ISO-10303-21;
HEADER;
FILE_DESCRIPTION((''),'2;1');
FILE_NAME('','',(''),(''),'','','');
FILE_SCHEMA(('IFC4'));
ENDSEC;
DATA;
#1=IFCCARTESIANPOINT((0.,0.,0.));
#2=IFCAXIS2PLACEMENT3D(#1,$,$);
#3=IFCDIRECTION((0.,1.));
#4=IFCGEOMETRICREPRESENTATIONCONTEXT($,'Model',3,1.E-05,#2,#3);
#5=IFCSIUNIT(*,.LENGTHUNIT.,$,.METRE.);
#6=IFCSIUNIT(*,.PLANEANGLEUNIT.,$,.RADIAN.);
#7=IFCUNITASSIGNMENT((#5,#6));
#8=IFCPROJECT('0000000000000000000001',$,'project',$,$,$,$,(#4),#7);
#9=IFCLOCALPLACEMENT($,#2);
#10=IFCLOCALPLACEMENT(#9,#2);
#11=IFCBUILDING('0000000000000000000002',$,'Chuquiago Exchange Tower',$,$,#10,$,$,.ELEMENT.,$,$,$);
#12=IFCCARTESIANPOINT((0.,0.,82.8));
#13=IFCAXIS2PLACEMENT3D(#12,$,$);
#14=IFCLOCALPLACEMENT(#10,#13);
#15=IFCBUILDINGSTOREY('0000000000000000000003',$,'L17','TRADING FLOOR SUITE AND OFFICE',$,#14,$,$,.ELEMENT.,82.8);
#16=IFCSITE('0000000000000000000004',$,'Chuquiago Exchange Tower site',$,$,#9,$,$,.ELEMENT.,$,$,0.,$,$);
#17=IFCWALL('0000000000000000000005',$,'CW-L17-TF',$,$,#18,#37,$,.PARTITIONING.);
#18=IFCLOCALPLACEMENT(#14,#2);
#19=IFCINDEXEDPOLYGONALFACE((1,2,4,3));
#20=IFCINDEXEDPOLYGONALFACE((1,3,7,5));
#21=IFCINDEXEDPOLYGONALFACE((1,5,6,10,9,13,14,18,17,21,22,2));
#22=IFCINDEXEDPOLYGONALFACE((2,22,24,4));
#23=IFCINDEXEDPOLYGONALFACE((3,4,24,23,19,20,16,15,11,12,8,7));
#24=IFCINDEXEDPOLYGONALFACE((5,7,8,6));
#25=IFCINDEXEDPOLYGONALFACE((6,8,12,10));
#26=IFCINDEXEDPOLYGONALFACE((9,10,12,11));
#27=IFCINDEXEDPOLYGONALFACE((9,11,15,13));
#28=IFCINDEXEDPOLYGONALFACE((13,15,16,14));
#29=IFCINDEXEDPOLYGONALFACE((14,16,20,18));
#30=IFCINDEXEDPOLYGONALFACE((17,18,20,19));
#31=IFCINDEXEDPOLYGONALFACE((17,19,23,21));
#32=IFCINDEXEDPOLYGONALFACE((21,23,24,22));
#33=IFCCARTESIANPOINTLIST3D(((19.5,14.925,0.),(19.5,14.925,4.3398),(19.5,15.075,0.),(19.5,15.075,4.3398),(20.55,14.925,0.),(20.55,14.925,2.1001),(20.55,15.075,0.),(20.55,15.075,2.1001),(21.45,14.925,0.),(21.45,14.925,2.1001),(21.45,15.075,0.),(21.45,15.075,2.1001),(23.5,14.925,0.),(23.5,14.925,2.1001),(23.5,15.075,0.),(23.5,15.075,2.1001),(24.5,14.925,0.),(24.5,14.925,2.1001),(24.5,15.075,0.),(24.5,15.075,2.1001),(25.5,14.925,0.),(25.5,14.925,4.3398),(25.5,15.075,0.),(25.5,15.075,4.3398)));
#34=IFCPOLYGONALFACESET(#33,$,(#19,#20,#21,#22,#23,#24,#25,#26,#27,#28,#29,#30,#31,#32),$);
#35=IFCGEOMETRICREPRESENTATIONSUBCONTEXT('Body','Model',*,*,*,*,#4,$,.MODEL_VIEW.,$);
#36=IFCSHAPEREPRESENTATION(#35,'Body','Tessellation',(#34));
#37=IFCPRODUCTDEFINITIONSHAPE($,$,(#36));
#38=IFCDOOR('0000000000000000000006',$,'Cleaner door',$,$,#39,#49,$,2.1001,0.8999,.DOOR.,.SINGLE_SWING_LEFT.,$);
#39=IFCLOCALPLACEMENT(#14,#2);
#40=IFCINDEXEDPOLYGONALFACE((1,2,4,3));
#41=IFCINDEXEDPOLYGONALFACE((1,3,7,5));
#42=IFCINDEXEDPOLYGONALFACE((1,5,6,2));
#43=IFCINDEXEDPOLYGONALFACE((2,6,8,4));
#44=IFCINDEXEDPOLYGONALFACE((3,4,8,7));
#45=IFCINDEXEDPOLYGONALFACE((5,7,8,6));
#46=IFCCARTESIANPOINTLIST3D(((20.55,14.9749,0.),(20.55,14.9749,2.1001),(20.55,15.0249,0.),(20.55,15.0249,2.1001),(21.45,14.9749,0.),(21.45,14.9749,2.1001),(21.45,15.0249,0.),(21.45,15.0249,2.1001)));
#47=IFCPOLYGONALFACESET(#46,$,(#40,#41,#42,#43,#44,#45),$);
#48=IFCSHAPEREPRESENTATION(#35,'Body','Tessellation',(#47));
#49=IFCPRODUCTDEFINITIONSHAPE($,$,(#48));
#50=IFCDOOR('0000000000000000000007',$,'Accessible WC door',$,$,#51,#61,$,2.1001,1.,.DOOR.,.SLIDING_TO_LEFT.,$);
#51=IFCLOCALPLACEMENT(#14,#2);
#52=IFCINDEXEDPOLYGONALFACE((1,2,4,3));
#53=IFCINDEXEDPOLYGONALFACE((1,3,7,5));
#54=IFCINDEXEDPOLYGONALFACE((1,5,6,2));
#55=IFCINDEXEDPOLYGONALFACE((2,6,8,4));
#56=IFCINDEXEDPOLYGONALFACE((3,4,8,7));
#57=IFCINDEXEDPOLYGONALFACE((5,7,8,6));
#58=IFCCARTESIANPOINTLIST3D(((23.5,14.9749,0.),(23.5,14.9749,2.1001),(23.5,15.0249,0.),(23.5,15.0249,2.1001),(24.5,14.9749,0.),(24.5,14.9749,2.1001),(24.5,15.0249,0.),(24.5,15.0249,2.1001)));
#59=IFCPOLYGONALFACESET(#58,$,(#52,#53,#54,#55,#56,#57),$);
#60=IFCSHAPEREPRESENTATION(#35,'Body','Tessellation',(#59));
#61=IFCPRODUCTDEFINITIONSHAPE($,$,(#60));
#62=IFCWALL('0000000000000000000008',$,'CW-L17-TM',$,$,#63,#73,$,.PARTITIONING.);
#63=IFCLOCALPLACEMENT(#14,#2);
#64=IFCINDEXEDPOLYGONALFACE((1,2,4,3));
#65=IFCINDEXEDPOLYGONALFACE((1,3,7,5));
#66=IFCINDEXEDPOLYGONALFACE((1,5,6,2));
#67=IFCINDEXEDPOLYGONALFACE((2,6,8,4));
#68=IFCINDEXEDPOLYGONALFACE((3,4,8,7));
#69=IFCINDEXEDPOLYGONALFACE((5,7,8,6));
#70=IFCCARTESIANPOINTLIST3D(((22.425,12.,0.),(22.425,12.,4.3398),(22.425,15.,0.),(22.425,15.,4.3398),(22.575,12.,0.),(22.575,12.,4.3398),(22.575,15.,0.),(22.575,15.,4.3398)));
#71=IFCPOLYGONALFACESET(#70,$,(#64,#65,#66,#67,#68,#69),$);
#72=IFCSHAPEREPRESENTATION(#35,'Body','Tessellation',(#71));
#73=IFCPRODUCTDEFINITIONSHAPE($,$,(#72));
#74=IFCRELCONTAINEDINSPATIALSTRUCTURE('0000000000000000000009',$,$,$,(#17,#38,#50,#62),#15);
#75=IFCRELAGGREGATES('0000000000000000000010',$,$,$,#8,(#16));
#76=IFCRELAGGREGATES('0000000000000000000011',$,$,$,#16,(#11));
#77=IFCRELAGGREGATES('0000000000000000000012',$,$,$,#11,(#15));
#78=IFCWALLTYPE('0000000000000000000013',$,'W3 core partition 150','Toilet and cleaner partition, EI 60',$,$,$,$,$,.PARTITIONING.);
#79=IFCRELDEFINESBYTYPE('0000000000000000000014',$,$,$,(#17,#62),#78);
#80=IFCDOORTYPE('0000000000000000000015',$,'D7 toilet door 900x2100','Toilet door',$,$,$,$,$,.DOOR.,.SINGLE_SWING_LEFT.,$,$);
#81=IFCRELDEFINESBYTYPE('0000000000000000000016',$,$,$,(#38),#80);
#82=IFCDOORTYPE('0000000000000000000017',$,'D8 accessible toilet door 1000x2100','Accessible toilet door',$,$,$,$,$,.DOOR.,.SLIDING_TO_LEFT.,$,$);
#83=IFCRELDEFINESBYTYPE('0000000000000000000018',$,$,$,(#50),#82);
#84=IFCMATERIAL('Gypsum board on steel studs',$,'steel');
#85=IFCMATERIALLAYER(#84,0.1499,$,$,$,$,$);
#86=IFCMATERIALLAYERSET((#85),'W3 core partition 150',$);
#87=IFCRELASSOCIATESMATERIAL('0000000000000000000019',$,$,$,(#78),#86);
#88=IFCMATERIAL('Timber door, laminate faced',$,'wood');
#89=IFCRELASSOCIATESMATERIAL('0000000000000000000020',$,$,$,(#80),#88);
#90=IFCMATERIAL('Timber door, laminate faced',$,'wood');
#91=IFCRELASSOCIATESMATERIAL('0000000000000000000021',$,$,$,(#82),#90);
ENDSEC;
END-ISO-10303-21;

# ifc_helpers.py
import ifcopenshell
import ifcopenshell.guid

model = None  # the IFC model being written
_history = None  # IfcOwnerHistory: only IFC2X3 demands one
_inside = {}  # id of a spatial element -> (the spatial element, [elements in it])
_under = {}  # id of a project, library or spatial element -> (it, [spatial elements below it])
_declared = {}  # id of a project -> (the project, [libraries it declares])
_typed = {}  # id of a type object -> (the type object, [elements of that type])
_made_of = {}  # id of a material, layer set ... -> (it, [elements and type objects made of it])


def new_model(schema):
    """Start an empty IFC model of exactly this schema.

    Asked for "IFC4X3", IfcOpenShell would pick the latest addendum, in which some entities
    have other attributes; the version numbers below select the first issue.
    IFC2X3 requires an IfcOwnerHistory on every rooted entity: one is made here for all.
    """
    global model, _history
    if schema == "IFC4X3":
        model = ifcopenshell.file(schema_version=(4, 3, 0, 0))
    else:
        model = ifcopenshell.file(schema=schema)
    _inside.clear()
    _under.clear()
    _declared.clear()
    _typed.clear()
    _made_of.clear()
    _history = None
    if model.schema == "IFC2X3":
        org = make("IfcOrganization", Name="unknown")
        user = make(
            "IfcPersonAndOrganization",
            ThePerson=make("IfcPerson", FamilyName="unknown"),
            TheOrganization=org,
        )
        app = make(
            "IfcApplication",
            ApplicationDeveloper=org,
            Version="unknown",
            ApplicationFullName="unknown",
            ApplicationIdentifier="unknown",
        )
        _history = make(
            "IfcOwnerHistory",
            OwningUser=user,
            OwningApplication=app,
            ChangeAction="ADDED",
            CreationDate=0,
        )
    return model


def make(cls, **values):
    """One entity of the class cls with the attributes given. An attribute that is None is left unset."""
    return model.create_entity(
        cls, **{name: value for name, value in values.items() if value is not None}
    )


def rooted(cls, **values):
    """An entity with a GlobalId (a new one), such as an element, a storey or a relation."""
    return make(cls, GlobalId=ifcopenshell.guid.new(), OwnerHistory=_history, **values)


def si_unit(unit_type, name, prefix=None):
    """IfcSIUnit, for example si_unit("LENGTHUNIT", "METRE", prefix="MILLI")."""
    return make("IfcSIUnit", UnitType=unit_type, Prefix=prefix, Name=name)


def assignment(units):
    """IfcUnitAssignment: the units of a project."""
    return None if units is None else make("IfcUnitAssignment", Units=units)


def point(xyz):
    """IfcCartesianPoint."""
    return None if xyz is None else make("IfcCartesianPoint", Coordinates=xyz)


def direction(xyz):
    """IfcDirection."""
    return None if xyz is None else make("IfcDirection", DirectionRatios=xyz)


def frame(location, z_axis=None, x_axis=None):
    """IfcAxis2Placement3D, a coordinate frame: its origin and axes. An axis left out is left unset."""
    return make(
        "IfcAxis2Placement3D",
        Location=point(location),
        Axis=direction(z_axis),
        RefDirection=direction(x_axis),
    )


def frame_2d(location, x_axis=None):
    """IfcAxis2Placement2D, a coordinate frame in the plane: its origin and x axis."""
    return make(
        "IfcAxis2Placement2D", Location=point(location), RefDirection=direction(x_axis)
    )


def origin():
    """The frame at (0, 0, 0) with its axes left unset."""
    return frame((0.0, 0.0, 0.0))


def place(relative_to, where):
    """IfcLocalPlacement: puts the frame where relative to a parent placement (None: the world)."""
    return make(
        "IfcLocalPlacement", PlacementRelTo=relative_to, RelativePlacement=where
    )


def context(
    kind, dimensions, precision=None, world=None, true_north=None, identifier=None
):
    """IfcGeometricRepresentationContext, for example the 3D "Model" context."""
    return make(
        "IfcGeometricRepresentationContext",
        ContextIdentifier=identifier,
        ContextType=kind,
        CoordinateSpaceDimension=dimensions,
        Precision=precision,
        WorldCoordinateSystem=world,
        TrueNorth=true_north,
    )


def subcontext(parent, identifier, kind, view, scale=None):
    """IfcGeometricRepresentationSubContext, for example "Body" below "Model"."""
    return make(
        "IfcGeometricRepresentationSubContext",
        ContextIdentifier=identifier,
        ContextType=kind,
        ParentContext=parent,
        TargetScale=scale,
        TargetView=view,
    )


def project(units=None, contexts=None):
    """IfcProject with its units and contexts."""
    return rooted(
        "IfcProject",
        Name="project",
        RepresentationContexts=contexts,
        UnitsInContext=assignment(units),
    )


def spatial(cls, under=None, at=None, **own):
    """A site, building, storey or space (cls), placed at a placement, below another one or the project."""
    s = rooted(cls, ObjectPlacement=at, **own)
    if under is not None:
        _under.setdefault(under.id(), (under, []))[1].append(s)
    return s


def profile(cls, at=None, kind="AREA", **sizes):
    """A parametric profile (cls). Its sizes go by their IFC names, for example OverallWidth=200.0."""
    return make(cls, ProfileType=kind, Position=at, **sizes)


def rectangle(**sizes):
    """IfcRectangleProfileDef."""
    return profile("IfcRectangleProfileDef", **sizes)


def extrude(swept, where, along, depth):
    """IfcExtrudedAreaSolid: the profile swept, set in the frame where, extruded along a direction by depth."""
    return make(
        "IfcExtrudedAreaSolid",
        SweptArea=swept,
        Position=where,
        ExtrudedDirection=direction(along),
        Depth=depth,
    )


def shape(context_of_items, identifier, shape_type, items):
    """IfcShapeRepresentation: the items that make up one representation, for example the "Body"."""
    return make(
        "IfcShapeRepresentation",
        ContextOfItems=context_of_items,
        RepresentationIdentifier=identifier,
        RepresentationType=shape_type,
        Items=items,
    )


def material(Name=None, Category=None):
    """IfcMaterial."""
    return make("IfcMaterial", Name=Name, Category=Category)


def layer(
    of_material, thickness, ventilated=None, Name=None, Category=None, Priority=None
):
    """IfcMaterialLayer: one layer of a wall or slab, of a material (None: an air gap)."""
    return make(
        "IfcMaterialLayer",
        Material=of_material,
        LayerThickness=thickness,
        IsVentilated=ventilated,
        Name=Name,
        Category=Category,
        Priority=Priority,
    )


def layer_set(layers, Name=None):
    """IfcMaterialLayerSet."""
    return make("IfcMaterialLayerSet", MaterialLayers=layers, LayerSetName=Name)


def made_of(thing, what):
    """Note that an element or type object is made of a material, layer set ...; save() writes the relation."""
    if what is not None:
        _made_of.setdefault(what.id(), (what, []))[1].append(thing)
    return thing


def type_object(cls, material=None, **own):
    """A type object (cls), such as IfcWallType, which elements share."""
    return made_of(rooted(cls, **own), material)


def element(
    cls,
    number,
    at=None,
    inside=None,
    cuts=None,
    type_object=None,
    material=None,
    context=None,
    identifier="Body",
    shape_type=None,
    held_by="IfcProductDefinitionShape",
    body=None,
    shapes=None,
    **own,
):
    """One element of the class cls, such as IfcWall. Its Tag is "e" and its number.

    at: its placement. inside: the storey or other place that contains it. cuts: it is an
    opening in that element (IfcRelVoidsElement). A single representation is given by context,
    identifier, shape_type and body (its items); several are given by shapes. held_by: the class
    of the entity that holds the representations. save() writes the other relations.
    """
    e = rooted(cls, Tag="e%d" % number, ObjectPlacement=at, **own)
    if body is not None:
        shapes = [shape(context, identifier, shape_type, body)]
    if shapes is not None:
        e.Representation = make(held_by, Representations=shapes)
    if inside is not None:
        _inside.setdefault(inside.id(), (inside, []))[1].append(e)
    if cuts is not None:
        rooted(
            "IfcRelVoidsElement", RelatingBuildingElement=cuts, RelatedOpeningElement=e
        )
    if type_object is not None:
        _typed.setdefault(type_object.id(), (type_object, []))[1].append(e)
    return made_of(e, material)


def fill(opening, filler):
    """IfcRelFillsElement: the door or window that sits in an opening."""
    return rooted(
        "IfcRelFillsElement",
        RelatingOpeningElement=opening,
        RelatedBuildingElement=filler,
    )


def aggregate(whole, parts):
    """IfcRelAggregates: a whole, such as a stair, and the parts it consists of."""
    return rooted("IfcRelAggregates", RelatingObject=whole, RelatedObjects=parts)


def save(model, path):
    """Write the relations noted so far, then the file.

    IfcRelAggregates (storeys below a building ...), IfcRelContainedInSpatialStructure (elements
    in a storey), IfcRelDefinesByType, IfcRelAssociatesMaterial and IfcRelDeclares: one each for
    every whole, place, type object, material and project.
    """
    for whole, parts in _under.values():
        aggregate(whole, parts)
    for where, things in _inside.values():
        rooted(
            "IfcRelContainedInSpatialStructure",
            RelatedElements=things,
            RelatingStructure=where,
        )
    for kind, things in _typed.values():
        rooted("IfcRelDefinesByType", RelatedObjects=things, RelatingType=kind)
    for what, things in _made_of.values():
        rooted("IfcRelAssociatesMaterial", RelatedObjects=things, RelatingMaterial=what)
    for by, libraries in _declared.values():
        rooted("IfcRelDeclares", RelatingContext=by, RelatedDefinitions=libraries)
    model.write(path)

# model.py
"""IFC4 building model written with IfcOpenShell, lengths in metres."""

from ifc_helpers import new_model, si_unit, direction, frame, frame_2d, origin, place, context, subcontext, project, spatial, rectangle, extrude, material, layer, layer_set, type_object, element, fill, save


model = new_model("IFC4")

# Units and contexts
model_context = context("Model", 3, precision=1e-05, world=origin(), true_north=direction((0.0, 1.0)))
body_context = subcontext(model_context, "Body", "Model", "MODEL_VIEW")
ifc_project = project(units=[si_unit("LENGTHUNIT", "METRE"), si_unit("PLANEANGLEUNIT", "RADIAN")], contexts=[model_context])

# Site, building, storey
site_placement = place(None, origin())
site = spatial("IfcSite", under=ifc_project, at=site_placement, Name="Chuquiago Exchange Tower site", CompositionType="ELEMENT", RefElevation=0.0)
building_placement = place(site_placement, origin())
building = spatial("IfcBuilding", under=site, at=building_placement, Name="Chuquiago Exchange Tower", CompositionType="ELEMENT")
storey_placement = place(building_placement, frame((0.0, 0.0, 82.8)))
storey = spatial("IfcBuildingStorey", under=building, at=storey_placement, Name="L17", Description="TRADING FLOOR SUITE AND OFFICE", CompositionType="ELEMENT", Elevation=82.8)

# Wall, openings, doors
ifc_material_1 = material(Name="Gypsum board on steel studs", Category="steel")
ifc_layer_1 = layer(ifc_material_1, 0.1499)
ifc_layer_set_1 = layer_set([ifc_layer_1], Name="W3 core partition 150")
wall_type_1 = type_object("IfcWallType", Name="W3 core partition 150", Description="Toilet and cleaner partition, EI 60", PredefinedType="PARTITIONING", material=ifc_layer_set_1)
wall_1_placement = place(storey_placement, frame((19.5, 15.0, 0.0), z_axis=(0.0, 0.0, 1.0), x_axis=(1.0, 0.0, 0.0)))
wall_1 = element("IfcWall", 1, at=wall_1_placement, inside=storey, type_object=wall_type_1, Name="CW-L17-TF", PredefinedType="PARTITIONING", context=body_context, shape_type="SweptSolid", body=[
    extrude(rectangle(XDim=6.0, YDim=0.1499, at=frame_2d((3.0, 0.0))), origin(), (0.0, 0.0, 1.0), 4.3398),
])
opening_1_placement = place(wall_1_placement, frame((4.0, 0.0, 0.0)))
opening_1 = element("IfcOpeningElement", 2, at=opening_1_placement, cuts=wall_1, PredefinedType="OPENING", context=body_context, shape_type="SweptSolid", body=[
    extrude(rectangle(XDim=1.0, YDim=2.1001, at=frame_2d((0.5, 1.05))), frame((0.0, 0.085, 0.0), z_axis=(0.0, -1.0, 0.0), x_axis=(1.0, 0.0, 0.0)), (0.0, 0.0, 1.0), 0.1699),
])
opening_2_placement = place(wall_1_placement, frame((1.05, 0.0, 0.0)))
opening_2 = element("IfcOpeningElement", 3, at=opening_2_placement, cuts=wall_1, PredefinedType="OPENING", context=body_context, shape_type="SweptSolid", body=[
    extrude(rectangle(XDim=0.8999, YDim=2.1001, at=frame_2d((0.45, 1.05))), frame((0.0, 0.085, 0.0), z_axis=(0.0, -1.0, 0.0), x_axis=(1.0, 0.0, 0.0)), (0.0, 0.0, 1.0), 0.1699),
])
ifc_material_2 = material(Name="Timber door, laminate faced", Category="wood")
door_type_1 = type_object("IfcDoorType", Name="D7 toilet door 900x2100", Description="Toilet door", OperationType="SINGLE_SWING_LEFT", PredefinedType="DOOR", material=ifc_material_2)
door_1_placement = place(opening_2_placement, origin())
door_1 = element("IfcDoor", 4, at=door_1_placement, inside=storey, type_object=door_type_1, Name="Cleaner door", OperationType="SINGLE_SWING_LEFT", OverallHeight=2.1001, OverallWidth=0.8999, PredefinedType="DOOR", context=body_context, shape_type="SweptSolid", body=[
    extrude(rectangle(XDim=0.8999, YDim=2.1001, at=frame_2d((0.45, 1.05))), frame((0.0, 0.0249, 0.0), z_axis=(0.0, -1.0, 0.0), x_axis=(1.0, 0.0, 0.0)), (0.0, 0.0, 1.0), 0.05),
])
fill(opening_2, door_1)
ifc_material_3 = material(Name="Timber door, laminate faced", Category="wood")
door_type_2 = type_object("IfcDoorType", Name="D8 accessible toilet door 1000x2100", Description="Accessible toilet door", OperationType="SLIDING_TO_LEFT", PredefinedType="DOOR", material=ifc_material_3)
door_2_placement = place(opening_1_placement, origin())
door_2 = element("IfcDoor", 5, at=door_2_placement, inside=storey, type_object=door_type_2, Name="Accessible WC door", OperationType="SLIDING_TO_LEFT", OverallHeight=2.1001, OverallWidth=1.0, PredefinedType="DOOR", context=body_context, shape_type="SweptSolid", body=[
    extrude(rectangle(XDim=1.0, YDim=2.1001, at=frame_2d((0.5, 1.05))), frame((0.0, 0.0249, 0.0), z_axis=(0.0, -1.0, 0.0), x_axis=(1.0, 0.0, 0.0)), (0.0, 0.0, 1.0), 0.05),
])
fill(opening_1, door_2)

# Wall
wall_2_placement = place(storey_placement, frame((22.5, 15.0, 0.0), z_axis=(0.0, 0.0, 1.0), x_axis=(0.0, -1.0, 0.0)))
element("IfcWall", 6, at=wall_2_placement, inside=storey, type_object=wall_type_1, Name="CW-L17-TM", PredefinedType="PARTITIONING", context=body_context, shape_type="SweptSolid", body=[
    extrude(rectangle(XDim=3.0, YDim=0.1499, at=frame_2d((1.5, 0.0))), origin(), (0.0, 0.0, 1.0), 4.3398),
])

save(model, "model.ifc")
